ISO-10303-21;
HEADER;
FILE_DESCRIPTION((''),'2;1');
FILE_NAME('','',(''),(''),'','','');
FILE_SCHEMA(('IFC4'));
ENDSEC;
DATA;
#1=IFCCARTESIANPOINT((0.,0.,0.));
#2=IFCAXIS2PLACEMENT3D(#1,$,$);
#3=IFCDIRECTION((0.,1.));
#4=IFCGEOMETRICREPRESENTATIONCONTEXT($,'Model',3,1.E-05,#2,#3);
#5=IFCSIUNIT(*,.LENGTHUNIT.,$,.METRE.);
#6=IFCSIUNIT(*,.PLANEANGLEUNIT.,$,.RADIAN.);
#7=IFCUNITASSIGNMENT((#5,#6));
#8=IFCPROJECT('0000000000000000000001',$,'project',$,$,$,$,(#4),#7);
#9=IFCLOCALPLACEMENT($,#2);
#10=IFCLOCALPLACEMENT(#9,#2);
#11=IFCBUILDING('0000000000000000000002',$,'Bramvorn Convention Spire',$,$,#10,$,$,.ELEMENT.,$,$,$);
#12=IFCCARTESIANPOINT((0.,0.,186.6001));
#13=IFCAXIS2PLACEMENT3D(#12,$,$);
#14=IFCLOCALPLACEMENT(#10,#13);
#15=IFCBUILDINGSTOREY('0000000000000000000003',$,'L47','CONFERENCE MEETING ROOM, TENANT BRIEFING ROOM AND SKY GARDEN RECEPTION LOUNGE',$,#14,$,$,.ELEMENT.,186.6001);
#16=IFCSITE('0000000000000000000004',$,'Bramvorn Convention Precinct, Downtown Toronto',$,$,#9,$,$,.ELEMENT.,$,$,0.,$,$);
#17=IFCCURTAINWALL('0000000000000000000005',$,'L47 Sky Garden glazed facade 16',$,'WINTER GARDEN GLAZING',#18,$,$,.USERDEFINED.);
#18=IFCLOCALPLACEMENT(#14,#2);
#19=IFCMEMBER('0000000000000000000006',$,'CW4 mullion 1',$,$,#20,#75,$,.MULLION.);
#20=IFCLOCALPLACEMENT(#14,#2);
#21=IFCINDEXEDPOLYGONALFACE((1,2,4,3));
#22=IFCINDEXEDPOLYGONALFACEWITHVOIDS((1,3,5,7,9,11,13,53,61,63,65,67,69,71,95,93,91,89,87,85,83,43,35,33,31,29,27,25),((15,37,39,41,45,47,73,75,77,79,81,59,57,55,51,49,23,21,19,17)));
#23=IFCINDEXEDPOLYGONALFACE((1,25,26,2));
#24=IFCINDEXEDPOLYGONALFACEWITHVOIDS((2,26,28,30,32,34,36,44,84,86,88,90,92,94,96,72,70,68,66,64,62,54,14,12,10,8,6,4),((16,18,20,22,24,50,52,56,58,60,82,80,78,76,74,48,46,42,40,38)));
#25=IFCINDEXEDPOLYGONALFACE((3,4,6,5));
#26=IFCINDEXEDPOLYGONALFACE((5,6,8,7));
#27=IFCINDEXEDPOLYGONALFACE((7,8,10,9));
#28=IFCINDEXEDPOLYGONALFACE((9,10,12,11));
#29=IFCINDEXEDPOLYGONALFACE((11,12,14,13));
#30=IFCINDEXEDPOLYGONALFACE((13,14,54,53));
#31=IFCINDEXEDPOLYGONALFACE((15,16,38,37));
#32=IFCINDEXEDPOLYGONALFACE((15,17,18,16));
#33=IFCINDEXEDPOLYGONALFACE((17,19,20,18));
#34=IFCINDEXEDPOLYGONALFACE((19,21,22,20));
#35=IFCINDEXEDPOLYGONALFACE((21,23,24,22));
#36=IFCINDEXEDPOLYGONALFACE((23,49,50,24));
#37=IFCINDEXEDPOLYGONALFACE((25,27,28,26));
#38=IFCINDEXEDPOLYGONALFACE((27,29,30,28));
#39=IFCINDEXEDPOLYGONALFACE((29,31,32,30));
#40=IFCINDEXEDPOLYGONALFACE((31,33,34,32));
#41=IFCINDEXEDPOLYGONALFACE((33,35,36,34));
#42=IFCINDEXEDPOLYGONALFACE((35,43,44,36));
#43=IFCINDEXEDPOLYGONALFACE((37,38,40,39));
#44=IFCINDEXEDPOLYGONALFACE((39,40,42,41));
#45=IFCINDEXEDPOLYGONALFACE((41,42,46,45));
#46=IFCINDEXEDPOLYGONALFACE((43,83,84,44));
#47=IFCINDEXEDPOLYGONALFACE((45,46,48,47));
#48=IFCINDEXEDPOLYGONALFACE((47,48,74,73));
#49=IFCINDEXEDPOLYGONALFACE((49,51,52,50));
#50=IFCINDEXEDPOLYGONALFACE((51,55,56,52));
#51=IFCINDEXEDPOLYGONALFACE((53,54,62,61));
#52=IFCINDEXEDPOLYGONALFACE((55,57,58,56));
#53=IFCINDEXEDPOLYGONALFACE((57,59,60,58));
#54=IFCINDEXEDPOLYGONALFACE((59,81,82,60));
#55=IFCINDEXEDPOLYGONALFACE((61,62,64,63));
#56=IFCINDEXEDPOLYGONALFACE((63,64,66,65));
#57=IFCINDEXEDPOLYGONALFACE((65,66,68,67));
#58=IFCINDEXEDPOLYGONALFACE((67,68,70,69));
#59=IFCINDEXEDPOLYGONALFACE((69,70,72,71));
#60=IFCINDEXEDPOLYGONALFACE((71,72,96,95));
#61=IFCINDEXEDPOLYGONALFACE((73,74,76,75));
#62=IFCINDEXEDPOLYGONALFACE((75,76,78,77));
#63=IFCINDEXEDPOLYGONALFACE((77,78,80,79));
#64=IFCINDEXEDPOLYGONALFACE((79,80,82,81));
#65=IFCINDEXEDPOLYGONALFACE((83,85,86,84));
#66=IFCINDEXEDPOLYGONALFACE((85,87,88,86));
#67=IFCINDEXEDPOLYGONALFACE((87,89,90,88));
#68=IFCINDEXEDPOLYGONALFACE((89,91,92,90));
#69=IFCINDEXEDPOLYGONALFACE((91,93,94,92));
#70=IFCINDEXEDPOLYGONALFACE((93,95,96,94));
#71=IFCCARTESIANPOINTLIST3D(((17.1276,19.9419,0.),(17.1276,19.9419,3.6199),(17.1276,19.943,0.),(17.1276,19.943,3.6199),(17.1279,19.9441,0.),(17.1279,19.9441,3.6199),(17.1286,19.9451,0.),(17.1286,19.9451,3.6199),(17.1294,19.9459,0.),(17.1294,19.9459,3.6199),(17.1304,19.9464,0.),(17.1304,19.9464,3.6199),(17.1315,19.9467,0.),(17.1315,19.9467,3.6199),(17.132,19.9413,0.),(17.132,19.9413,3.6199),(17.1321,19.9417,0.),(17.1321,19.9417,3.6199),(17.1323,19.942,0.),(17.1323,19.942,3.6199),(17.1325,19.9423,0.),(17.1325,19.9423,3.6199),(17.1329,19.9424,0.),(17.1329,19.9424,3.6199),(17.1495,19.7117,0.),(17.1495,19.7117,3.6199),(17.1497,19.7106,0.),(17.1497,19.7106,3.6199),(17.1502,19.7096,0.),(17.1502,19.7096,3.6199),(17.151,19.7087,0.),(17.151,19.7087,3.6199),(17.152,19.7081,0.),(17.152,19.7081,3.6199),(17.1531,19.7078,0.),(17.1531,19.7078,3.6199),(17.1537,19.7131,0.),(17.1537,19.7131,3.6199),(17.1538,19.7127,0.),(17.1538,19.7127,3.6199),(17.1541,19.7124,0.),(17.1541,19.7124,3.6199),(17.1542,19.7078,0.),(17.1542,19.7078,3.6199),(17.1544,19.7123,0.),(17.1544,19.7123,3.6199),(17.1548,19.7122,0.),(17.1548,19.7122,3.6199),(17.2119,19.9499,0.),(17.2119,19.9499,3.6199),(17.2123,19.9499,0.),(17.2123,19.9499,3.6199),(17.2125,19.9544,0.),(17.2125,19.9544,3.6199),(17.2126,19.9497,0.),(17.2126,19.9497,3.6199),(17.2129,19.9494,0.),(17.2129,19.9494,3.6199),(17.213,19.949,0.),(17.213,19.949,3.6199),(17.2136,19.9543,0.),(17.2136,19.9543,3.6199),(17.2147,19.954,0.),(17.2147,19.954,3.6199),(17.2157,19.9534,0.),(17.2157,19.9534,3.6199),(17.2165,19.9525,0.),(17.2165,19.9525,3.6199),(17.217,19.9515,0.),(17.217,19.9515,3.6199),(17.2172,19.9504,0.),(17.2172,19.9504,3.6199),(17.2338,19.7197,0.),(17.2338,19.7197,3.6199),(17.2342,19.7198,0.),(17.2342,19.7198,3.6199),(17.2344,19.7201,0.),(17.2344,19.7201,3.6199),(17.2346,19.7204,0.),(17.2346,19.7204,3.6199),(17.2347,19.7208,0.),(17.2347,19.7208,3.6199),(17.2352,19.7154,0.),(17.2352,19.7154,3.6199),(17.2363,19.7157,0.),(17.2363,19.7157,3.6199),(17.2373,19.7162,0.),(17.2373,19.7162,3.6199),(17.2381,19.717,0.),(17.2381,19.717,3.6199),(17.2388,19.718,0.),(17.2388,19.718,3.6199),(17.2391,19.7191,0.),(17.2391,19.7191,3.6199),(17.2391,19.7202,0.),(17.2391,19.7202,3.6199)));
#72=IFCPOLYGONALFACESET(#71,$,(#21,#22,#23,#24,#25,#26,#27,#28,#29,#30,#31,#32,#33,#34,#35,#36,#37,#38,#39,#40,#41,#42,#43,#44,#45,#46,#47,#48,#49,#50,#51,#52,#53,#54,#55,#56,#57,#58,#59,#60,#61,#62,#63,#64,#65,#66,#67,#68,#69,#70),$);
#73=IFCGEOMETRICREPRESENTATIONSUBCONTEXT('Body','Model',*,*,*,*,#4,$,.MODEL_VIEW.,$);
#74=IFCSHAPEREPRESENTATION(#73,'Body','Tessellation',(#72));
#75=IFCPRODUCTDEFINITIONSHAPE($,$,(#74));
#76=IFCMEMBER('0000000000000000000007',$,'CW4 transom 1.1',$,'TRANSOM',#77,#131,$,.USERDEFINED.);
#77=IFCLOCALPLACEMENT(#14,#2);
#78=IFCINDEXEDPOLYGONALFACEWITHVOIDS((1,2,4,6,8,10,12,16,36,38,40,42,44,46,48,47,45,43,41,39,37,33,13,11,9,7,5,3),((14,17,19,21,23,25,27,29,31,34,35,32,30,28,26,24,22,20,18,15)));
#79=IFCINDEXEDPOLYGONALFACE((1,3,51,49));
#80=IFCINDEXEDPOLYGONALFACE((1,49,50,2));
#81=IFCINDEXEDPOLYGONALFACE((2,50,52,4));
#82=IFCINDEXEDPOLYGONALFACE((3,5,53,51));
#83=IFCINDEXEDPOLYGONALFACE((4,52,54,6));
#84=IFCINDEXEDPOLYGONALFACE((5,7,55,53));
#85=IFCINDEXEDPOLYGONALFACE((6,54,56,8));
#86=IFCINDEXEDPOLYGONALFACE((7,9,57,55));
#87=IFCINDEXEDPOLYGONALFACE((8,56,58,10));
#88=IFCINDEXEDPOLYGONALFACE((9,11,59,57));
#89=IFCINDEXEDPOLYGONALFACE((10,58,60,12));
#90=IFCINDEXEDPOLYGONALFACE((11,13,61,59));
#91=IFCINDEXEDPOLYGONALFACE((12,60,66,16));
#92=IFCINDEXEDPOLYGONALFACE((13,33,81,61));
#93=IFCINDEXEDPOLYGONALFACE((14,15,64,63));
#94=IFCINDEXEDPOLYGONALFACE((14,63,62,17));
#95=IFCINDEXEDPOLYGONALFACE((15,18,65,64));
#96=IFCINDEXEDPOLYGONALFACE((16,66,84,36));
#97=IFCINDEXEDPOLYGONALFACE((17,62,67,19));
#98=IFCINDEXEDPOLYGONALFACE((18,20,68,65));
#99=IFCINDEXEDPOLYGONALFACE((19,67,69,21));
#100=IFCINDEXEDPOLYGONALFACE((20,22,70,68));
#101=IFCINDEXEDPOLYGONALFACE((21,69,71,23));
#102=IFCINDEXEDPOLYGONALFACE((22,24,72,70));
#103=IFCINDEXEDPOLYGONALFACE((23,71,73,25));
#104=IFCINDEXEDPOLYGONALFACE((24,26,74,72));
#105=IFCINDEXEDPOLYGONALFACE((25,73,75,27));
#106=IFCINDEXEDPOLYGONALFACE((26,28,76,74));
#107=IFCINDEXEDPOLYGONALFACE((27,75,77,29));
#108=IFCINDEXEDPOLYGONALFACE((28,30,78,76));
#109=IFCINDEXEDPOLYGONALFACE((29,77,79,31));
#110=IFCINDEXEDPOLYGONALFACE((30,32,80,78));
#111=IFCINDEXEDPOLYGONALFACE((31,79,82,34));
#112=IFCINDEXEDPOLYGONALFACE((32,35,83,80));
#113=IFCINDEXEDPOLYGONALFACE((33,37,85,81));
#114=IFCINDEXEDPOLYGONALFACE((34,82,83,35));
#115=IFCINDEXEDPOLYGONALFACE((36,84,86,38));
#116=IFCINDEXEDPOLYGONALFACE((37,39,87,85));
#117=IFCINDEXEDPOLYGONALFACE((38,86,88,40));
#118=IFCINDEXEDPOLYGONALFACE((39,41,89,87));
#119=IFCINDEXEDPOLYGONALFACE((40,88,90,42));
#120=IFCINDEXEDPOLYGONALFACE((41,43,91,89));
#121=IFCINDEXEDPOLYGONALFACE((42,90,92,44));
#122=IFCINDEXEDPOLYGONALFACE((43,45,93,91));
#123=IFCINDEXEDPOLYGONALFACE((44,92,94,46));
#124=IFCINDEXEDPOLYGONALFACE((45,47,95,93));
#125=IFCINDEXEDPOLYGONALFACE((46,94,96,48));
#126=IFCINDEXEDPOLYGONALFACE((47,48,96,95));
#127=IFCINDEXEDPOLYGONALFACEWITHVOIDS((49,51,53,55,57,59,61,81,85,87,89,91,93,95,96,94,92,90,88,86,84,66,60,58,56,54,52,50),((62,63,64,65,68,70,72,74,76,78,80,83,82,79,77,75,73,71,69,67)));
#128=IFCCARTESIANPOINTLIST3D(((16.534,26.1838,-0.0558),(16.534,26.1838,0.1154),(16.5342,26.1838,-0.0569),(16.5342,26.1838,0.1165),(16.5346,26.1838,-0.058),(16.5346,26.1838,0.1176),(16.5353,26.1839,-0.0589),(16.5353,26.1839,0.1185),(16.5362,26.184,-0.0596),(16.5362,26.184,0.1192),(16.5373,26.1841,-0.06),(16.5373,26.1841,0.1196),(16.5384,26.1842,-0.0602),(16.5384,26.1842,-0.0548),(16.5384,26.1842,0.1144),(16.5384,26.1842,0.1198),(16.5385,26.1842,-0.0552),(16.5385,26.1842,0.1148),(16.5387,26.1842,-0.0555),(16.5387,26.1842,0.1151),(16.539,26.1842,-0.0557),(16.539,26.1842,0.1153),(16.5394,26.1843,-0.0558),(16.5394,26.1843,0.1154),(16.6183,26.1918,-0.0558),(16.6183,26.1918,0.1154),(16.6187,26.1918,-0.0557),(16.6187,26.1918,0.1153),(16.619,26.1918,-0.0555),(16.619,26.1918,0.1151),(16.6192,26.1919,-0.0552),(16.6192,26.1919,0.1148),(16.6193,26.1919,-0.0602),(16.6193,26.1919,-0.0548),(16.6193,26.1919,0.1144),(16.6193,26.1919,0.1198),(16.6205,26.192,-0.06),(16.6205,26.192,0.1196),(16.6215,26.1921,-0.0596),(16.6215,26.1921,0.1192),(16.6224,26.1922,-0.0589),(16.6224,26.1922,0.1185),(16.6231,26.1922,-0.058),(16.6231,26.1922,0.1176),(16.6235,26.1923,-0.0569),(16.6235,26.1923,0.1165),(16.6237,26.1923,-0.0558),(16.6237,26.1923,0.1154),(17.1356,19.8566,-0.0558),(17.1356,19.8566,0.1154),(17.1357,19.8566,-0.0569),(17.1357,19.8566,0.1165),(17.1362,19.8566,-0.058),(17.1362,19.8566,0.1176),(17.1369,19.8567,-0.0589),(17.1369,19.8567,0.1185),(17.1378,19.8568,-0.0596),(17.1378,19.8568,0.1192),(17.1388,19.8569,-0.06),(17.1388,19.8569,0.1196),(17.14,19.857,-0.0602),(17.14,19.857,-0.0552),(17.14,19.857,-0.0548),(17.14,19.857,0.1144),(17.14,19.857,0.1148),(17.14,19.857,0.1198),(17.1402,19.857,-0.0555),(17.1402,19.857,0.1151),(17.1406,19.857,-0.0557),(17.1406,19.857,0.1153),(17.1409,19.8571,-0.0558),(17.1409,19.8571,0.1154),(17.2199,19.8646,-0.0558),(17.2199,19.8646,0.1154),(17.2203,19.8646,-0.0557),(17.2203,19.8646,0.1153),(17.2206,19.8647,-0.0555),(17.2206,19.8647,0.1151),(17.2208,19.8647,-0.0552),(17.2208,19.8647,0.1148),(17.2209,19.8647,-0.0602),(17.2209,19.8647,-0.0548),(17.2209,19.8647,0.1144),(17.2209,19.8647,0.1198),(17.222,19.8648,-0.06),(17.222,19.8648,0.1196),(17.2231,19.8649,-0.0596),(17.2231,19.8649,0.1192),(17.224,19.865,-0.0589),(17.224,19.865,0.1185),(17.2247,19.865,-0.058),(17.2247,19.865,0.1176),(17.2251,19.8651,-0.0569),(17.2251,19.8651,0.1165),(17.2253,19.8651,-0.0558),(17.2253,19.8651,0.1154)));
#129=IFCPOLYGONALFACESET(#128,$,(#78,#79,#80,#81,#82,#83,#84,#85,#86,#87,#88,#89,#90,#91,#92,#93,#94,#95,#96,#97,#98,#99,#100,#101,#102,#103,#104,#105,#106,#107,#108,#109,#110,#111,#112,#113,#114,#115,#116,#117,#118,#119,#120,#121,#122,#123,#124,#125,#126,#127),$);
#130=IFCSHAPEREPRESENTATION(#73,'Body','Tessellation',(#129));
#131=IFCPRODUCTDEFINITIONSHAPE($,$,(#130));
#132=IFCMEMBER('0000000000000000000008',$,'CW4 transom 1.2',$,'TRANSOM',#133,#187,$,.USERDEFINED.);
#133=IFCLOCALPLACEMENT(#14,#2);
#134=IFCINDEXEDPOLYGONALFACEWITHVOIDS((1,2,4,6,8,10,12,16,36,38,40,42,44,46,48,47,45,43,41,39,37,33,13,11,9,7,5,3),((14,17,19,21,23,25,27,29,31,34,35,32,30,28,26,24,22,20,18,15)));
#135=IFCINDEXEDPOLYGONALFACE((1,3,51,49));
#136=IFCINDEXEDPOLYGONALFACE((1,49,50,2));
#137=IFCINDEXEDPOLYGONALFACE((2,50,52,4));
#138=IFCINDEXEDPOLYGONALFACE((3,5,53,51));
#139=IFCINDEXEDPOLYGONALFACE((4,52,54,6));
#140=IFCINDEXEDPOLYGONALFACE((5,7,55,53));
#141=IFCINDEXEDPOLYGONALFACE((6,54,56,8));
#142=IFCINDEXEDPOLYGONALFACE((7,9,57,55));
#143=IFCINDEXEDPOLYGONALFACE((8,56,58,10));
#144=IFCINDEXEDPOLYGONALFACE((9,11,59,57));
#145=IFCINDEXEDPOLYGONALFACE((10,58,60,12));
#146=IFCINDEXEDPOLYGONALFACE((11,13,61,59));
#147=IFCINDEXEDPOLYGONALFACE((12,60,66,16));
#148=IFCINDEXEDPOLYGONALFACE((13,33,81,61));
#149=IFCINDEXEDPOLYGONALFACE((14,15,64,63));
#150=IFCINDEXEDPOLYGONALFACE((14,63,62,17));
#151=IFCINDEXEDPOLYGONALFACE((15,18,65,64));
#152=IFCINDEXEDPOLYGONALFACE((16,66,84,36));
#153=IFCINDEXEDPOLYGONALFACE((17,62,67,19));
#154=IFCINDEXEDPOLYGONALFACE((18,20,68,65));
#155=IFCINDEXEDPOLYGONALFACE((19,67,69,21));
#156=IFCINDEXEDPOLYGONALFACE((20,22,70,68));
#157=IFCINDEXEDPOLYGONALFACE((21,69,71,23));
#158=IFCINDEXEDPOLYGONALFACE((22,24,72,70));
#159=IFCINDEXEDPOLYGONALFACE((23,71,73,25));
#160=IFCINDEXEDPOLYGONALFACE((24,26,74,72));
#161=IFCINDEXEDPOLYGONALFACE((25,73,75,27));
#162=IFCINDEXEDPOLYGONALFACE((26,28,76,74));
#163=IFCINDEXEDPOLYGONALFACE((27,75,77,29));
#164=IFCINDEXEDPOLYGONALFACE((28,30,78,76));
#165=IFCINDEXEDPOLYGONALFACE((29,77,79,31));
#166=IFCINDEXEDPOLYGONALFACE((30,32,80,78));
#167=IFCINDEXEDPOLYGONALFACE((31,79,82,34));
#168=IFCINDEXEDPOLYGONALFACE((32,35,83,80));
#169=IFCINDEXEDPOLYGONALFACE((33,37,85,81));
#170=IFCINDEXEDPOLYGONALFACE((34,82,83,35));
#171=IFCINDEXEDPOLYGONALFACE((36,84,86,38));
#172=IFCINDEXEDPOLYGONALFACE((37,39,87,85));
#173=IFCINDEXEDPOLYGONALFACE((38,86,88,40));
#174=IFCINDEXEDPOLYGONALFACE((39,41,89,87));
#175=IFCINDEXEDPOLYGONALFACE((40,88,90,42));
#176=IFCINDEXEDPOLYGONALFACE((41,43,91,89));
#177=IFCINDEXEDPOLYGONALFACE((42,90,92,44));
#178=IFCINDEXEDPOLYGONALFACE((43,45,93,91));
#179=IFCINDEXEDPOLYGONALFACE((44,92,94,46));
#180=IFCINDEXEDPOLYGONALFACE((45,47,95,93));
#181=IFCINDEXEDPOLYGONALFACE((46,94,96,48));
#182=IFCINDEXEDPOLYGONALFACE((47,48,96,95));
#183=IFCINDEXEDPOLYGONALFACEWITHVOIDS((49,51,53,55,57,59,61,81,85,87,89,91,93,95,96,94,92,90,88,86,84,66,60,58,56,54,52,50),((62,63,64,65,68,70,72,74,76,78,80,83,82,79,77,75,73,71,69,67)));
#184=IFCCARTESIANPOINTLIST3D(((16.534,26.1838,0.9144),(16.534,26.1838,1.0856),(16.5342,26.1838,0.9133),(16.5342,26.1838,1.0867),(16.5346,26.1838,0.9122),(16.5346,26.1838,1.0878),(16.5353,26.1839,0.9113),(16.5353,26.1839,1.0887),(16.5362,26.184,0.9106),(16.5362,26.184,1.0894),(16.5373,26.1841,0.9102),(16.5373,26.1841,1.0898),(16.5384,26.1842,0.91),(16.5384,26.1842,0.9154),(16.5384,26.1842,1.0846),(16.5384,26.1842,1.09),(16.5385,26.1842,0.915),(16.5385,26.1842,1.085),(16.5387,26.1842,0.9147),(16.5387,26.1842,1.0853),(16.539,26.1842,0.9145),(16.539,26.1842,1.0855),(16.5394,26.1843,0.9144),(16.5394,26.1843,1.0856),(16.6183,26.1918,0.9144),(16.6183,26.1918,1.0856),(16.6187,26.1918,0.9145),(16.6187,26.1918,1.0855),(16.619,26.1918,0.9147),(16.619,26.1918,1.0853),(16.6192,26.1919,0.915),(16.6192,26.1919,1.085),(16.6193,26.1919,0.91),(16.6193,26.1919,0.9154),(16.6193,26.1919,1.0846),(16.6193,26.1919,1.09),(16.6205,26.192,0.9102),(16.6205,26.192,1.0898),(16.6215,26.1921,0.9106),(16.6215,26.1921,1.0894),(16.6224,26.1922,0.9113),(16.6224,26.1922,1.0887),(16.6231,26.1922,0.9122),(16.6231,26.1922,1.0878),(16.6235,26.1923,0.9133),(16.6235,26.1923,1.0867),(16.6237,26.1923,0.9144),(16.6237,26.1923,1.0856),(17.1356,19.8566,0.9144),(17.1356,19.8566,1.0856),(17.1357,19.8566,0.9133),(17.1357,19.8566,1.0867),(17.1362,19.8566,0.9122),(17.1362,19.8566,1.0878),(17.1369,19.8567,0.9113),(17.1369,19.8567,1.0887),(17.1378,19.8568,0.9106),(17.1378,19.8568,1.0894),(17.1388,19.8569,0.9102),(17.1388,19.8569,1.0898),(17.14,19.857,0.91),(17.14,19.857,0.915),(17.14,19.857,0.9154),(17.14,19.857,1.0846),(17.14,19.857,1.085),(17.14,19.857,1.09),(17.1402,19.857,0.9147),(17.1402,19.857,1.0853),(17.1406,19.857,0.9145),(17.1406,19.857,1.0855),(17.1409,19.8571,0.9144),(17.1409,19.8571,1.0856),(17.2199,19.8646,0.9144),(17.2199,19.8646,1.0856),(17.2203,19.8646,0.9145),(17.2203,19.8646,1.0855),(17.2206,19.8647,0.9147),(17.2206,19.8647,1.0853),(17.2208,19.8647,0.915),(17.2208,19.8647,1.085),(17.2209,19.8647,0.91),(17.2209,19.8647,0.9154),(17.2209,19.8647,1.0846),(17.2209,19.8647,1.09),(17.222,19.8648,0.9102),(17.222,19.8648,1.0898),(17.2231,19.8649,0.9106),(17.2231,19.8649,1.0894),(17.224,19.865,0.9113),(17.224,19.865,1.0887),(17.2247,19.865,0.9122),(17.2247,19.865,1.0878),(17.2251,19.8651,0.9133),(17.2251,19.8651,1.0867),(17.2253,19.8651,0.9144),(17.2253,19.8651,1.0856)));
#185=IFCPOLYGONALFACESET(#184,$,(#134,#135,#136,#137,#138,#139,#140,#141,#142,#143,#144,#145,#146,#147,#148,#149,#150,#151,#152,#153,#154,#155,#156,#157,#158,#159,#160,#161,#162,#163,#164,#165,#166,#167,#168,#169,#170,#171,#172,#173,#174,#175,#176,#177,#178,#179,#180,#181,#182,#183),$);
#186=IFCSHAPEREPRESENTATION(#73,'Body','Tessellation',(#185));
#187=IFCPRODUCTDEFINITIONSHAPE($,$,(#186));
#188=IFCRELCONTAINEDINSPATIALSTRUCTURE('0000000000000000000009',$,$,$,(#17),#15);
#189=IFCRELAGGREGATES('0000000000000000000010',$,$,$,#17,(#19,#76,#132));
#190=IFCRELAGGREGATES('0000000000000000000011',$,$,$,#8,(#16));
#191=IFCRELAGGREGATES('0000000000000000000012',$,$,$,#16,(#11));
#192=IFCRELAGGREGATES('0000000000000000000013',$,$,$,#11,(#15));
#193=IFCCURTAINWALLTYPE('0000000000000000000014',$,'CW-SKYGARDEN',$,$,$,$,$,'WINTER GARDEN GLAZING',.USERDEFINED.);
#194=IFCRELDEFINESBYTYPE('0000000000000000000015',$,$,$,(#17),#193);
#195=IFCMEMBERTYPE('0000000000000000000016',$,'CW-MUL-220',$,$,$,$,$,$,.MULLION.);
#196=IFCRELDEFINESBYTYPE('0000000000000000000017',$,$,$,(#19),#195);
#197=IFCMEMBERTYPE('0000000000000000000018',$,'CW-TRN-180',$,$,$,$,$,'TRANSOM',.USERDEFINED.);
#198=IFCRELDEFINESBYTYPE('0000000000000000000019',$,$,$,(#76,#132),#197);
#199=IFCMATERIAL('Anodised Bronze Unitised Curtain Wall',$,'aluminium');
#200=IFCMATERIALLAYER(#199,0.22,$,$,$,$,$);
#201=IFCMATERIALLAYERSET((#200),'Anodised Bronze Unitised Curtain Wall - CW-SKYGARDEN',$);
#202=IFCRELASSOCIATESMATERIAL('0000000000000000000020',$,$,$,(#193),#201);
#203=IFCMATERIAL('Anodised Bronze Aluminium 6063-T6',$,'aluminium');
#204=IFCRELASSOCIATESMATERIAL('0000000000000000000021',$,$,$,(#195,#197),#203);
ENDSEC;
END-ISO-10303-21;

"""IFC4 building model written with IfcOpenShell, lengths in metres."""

from ifc_helpers import new_model, si_unit, direction, frame, origin, origin_2d, place, context, subcontext, project, spatial, hollow_rectangle, extrude, material, layer, layer_set, material_profile, profile_set, type_object, element, aggregate, save


model = new_model("IFC4")

# Units and contexts
model_context = context("Model", 3, precision=1e-05, world=origin(), true_north=direction((0.0, 1.0)))
body_context = subcontext(model_context, "Body", "Model", "MODEL_VIEW")
ifc_project = project(units=[si_unit("LENGTHUNIT", "METRE"), si_unit("PLANEANGLEUNIT", "RADIAN")], contexts=[model_context])

# Site, building, storey
site_placement = place(None, origin())
site = spatial("IfcSite", under=ifc_project, at=site_placement, Name="Bramvorn Convention Precinct, Downtown Toronto", CompositionType="ELEMENT", RefElevation=0.0)
building_placement = place(site_placement, origin())
building = spatial("IfcBuilding", under=site, at=building_placement, Name="Bramvorn Convention Spire", CompositionType="ELEMENT")
storey_placement = place(building_placement, frame((0.0, 0.0, 186.6001)))
storey = spatial("IfcBuildingStorey", under=building, at=storey_placement, Name="L47", Description="CONFERENCE MEETING ROOM, TENANT BRIEFING ROOM AND SKY GARDEN RECEPTION LOUNGE", CompositionType="ELEMENT", Elevation=186.6001)

# Curtain wall, members
ifc_material_1 = material(Name="Anodised Bronze Unitised Curtain Wall", Category="aluminium")
ifc_layer_1 = layer(ifc_material_1, 0.22)
ifc_layer_set_1 = layer_set([ifc_layer_1], Name="Anodised Bronze Unitised Curtain Wall - CW-SKYGARDEN")
curtain_wall_type = type_object("IfcCurtainWallType", Name="CW-SKYGARDEN", ElementType="WINTER GARDEN GLAZING", PredefinedType="USERDEFINED", material=ifc_layer_set_1)
curtain_wall_placement = place(storey_placement, origin())
curtain_wall = element("IfcCurtainWall", 1, at=curtain_wall_placement, inside=storey, type_object=curtain_wall_type, Name="L47 Sky Garden glazed facade 16", ObjectType="WINTER GARDEN GLAZING", PredefinedType="USERDEFINED")
ifc_material_2 = material(Name="Anodised Bronze Aluminium 6063-T6", Category="aluminium")
ifc_material_profile_1 = material_profile(ifc_material_2, hollow_rectangle(XDim=0.0901, YDim=0.24, WallThickness=0.0044, InnerFilletRadius=0.001, OuterFilletRadius=0.0044, at=origin_2d()))
ifc_profile_set_1 = profile_set([ifc_material_profile_1], Name="Anodised Bronze Aluminium 6063-T6 - CWM90X240")
member_type_1 = type_object("IfcMemberType", Name="CW-MUL-220", PredefinedType="MULLION", material=ifc_profile_set_1)
member_1_placement = place(storey_placement, frame((17.1833, 19.8311, 0.0), z_axis=(0.0, 0.0, 1.0), x_axis=(-0.995509, -0.094665, 0.0)))
member_1 = element("IfcMember", 2, at=member_1_placement, type_object=member_type_1, Name="CW4 mullion 1", PredefinedType="MULLION", context=body_context, shape_type="SweptSolid", body=[
    extrude(hollow_rectangle(XDim=0.0901, YDim=0.24, WallThickness=0.0044, InnerFilletRadius=0.001, OuterFilletRadius=0.0044, at=origin_2d()), origin(), (0.0, 0.0, 1.0), 3.6199),
])
ifc_material_profile_2 = material_profile(ifc_material_2, hollow_rectangle(XDim=0.0901, YDim=0.1799, WallThickness=0.0044, InnerFilletRadius=0.001, OuterFilletRadius=0.0044, at=origin_2d()))
ifc_profile_set_2 = profile_set([ifc_material_profile_2], Name="Anodised Bronze Aluminium 6063-T6 - CWT90X180")
member_type_2 = type_object("IfcMemberType", Name="CW-TRN-180", ElementType="TRANSOM", PredefinedType="USERDEFINED", material=ifc_profile_set_2)
member_2_placement = place(storey_placement, frame((17.1804, 19.8608, 0.0298), z_axis=(-0.09465, 0.995511, 0.0), x_axis=(-0.995511, -0.09465, 0.0)))
member_2 = element("IfcMember", 3, at=member_2_placement, type_object=member_type_2, Name="CW4 transom 1.1", ObjectType="TRANSOM", PredefinedType="USERDEFINED", context=body_context, shape_type="SweptSolid", body=[
    extrude(hollow_rectangle(XDim=0.0901, YDim=0.1799, WallThickness=0.0044, InnerFilletRadius=0.001, OuterFilletRadius=0.0044, at=origin_2d()), origin(), (0.0, 0.0, 1.0), 6.3557),
])
member_3_placement = place(storey_placement, frame((17.1804, 19.8608, 1.0), z_axis=(-0.09465, 0.995511, 0.0), x_axis=(-0.995511, -0.09465, 0.0)))
member_3 = element("IfcMember", 4, at=member_3_placement, type_object=member_type_2, Name="CW4 transom 1.2", ObjectType="TRANSOM", PredefinedType="USERDEFINED", context=body_context, shape_type="SweptSolid", body=[
    extrude(hollow_rectangle(XDim=0.0901, YDim=0.1799, WallThickness=0.0044, InnerFilletRadius=0.001, OuterFilletRadius=0.0044, at=origin_2d()), origin(), (0.0, 0.0, 1.0), 6.3557),
])

aggregate(curtain_wall, [member_1, member_2, member_3])

save(model, "model.ifc")
